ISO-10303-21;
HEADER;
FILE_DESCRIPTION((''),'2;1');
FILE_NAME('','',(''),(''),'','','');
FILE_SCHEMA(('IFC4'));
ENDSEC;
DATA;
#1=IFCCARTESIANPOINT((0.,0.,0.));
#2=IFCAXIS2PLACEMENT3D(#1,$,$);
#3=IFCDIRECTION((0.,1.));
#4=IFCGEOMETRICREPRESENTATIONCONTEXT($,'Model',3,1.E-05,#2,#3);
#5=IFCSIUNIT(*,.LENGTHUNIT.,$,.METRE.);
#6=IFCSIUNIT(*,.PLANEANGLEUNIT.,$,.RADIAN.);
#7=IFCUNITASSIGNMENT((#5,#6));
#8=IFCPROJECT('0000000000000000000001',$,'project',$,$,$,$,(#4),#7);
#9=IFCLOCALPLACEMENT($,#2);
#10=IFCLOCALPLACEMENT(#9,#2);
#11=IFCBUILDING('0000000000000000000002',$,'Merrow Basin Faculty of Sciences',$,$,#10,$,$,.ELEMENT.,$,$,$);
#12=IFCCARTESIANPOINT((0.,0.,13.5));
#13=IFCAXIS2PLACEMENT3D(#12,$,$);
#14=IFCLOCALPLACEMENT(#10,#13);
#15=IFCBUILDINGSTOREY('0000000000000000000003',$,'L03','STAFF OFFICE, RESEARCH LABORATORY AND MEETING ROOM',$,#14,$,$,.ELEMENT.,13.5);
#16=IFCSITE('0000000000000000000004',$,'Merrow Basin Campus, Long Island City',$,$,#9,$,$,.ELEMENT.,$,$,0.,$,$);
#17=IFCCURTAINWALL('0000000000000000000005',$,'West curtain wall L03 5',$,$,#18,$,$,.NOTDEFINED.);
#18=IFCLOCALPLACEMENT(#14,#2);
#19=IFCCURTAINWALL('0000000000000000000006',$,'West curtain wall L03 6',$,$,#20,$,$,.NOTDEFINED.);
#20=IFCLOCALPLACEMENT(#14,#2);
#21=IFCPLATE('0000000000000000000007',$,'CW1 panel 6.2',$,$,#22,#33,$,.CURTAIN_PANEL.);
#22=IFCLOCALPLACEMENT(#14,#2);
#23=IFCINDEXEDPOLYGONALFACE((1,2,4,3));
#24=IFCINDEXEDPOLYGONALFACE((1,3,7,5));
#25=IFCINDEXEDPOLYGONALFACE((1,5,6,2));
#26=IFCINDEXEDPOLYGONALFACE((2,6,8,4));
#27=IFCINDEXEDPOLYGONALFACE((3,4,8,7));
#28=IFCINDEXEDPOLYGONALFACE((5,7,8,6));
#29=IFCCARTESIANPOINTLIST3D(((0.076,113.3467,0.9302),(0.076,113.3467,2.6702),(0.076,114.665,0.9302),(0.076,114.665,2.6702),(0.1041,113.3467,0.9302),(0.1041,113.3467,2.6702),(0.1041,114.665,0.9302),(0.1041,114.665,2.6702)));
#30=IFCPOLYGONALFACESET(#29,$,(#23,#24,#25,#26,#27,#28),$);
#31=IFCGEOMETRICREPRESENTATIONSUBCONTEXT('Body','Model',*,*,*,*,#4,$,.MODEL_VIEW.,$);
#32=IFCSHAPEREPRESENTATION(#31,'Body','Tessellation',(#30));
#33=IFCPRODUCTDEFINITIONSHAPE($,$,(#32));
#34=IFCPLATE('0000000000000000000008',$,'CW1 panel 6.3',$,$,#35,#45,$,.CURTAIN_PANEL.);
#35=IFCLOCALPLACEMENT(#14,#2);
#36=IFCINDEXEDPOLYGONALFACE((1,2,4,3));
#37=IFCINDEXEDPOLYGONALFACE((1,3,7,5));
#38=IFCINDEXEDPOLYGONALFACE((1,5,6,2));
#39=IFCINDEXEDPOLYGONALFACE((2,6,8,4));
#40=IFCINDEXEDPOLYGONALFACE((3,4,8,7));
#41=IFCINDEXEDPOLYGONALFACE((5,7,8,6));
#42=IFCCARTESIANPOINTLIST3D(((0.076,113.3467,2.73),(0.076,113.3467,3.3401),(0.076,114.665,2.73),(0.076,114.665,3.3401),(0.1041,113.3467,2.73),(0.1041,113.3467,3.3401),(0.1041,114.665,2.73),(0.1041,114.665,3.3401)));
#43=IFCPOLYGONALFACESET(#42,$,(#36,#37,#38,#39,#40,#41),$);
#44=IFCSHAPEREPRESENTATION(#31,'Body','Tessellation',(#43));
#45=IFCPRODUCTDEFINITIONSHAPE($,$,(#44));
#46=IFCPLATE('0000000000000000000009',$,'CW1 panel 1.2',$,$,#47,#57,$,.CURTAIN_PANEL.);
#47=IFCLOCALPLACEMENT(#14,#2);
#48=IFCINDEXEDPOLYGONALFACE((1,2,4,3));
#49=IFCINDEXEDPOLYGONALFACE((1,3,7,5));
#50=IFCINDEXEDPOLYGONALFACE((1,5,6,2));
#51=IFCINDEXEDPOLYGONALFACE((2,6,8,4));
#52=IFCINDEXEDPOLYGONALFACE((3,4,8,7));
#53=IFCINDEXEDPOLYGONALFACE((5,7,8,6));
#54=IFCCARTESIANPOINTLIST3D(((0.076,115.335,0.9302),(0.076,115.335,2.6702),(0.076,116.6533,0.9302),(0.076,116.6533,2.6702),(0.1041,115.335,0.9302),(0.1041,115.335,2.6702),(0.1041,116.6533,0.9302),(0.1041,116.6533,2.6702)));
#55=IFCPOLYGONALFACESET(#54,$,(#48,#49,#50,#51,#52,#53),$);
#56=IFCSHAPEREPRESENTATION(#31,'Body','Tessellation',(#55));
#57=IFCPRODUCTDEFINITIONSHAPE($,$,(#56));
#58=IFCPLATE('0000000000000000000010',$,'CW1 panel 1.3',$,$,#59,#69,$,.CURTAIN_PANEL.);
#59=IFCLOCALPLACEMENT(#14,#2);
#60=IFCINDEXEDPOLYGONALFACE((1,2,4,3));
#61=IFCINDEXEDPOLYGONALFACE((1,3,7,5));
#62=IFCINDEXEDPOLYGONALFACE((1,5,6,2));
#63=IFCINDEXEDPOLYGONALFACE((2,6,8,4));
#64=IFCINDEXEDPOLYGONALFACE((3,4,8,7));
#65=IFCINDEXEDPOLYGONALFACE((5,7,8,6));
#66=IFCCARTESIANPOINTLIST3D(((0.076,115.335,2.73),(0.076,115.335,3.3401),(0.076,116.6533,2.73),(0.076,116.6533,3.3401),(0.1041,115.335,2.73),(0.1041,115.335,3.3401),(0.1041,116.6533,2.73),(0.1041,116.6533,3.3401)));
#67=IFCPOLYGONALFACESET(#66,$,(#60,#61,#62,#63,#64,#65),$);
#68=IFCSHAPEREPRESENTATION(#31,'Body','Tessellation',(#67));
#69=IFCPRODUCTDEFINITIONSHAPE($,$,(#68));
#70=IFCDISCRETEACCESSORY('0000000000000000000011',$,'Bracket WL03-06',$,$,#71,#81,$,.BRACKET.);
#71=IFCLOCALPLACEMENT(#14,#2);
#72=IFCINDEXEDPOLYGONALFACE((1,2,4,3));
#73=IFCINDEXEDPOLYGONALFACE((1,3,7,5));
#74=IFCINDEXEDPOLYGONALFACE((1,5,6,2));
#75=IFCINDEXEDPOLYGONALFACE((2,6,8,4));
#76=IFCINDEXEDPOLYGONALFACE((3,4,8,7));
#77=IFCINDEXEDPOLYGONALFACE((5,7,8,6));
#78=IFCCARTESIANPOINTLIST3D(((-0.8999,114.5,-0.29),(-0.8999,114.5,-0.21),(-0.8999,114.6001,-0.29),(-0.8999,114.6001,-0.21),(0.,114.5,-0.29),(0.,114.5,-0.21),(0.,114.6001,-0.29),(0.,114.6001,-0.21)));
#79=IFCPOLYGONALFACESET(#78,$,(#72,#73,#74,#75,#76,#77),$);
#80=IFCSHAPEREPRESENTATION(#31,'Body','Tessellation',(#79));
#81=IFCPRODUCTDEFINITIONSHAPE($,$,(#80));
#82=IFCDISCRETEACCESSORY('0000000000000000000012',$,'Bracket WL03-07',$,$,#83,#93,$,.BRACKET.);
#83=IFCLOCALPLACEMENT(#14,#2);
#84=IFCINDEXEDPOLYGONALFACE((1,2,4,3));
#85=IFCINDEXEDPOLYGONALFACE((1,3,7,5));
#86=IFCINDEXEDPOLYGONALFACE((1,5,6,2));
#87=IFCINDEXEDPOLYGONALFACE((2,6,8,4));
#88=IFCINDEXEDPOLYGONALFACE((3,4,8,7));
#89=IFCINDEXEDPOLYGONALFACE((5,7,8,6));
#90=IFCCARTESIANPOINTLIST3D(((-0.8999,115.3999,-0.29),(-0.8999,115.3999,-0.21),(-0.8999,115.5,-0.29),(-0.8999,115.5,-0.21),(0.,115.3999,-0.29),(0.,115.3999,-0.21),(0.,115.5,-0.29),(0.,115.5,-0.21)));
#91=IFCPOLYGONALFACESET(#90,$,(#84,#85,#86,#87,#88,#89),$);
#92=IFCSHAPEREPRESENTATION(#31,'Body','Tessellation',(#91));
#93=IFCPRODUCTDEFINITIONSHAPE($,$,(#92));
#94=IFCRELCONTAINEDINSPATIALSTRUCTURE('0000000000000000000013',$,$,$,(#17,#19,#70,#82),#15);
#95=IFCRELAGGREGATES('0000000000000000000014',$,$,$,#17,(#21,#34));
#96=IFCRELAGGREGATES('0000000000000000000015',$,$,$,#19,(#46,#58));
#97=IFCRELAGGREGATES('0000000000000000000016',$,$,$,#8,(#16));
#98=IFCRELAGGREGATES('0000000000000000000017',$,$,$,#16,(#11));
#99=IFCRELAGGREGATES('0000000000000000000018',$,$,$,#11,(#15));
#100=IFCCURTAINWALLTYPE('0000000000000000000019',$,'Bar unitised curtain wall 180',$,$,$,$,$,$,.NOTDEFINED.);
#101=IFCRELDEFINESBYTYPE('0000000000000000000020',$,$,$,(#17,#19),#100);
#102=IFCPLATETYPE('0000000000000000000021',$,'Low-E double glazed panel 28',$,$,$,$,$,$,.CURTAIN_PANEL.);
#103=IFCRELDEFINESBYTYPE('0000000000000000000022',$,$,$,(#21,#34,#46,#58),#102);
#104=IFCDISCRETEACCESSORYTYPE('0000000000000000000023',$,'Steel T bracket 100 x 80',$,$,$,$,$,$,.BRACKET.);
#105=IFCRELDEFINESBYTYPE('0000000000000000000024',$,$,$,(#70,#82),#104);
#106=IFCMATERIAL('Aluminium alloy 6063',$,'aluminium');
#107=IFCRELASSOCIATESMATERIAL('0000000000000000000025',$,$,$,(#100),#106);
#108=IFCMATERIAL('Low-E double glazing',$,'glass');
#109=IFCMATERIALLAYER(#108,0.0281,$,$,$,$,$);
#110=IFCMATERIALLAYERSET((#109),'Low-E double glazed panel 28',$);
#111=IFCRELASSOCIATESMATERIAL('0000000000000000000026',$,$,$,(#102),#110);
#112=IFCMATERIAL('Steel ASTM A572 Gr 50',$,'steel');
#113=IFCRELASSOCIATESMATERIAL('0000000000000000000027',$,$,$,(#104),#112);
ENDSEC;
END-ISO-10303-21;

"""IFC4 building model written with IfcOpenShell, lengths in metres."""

from ifc_helpers import new_model, si_unit, direction, frame, origin, origin_2d, place, context, subcontext, project, spatial, polyline, rectangle, outline, extrude, source, transform, mapped, material, layer, layer_set, type_object, element, aggregate, save


model = new_model("IFC4")

# Units and contexts
model_context = context("Model", 3, precision=1e-05, world=origin(), true_north=direction((0.0, 1.0)))
body_context = subcontext(model_context, "Body", "Model", "MODEL_VIEW")
ifc_project = project(units=[si_unit("LENGTHUNIT", "METRE"), si_unit("PLANEANGLEUNIT", "RADIAN")], contexts=[model_context])

# Site, building, storey
site_placement = place(None, origin())
site = spatial("IfcSite", under=ifc_project, at=site_placement, Name="Merrow Basin Campus, Long Island City", CompositionType="ELEMENT", RefElevation=0.0)
building_placement = place(site_placement, origin())
building = spatial("IfcBuilding", under=site, at=building_placement, Name="Merrow Basin Faculty of Sciences", CompositionType="ELEMENT")
storey_placement = place(building_placement, frame((0.0, 0.0, 13.5)))
storey = spatial("IfcBuildingStorey", under=building, at=storey_placement, Name="L03", Description="STAFF OFFICE, RESEARCH LABORATORY AND MEETING ROOM", CompositionType="ELEMENT", Elevation=13.5)

# Curtain wall
ifc_material_1 = material(Name="Aluminium alloy 6063", Category="aluminium")
curtain_wall_type = type_object("IfcCurtainWallType", Name="Bar unitised curtain wall 180", PredefinedType="NOTDEFINED", material=ifc_material_1)
curtain_wall_1_placement = place(storey_placement, origin())
curtain_wall_1 = element("IfcCurtainWall", 1, at=curtain_wall_1_placement, inside=storey, type_object=curtain_wall_type, Name="West curtain wall L03 5", PredefinedType="NOTDEFINED")

# Curtain wall
curtain_wall_2_placement = place(storey_placement, origin())
curtain_wall_2 = element("IfcCurtainWall", 2, at=curtain_wall_2_placement, inside=storey, type_object=curtain_wall_type, Name="West curtain wall L03 6", PredefinedType="NOTDEFINED")

# Plates
ifc_material_2 = material(Name="Low-E double glazing", Category="glass")
ifc_layer_1 = layer(ifc_material_2, 0.0281)
ifc_layer_set_1 = layer_set([ifc_layer_1], Name="Low-E double glazed panel 28")
plate_type_1 = type_object("IfcPlateType", Name="Low-E double glazed panel 28", PredefinedType="CURTAIN_PANEL", material=ifc_layer_set_1)
plate_1_placement = place(storey_placement, frame((0.0901, 114.0059, 0.9302), z_axis=(0.0, 0.0, 1.0), x_axis=(0.0, 1.0, 0.0)))
plate_1 = element("IfcPlate", 3, at=plate_1_placement, type_object=plate_type_1, Name="CW1 panel 6.2", PredefinedType="CURTAIN_PANEL", context=body_context, shape_type="SweptSolid", body=[
    extrude(rectangle(XDim=1.3184, YDim=0.0281, at=origin_2d()), origin(), (0.0, 0.0, 1.0), 1.74),
])
plate_2_placement = place(storey_placement, frame((0.0901, 114.0059, 2.73), z_axis=(0.0, 0.0, 1.0), x_axis=(0.0, 1.0, 0.0)))
plate_2 = element("IfcPlate", 4, at=plate_2_placement, type_object=plate_type_1, Name="CW1 panel 6.3", PredefinedType="CURTAIN_PANEL", context=body_context, shape_type="SweptSolid", body=[
    extrude(rectangle(XDim=1.3184, YDim=0.0281, at=origin_2d()), origin(), (0.0, 0.0, 1.0), 0.6101),
])
aggregate(curtain_wall_1, [plate_1, plate_2])
plate_3_placement = place(storey_placement, frame((0.0901, 115.9941, 0.9302), z_axis=(0.0, 0.0, 1.0), x_axis=(0.0, 1.0, 0.0)))
plate_3 = element("IfcPlate", 5, at=plate_3_placement, type_object=plate_type_1, Name="CW1 panel 1.2", PredefinedType="CURTAIN_PANEL", context=body_context, shape_type="SweptSolid", body=[
    extrude(rectangle(XDim=1.3184, YDim=0.0281, at=origin_2d()), origin(), (0.0, 0.0, 1.0), 1.74),
])
plate_4_placement = place(storey_placement, frame((0.0901, 115.9941, 2.73), z_axis=(0.0, 0.0, 1.0), x_axis=(0.0, 1.0, 0.0)))
plate_4 = element("IfcPlate", 6, at=plate_4_placement, type_object=plate_type_1, Name="CW1 panel 1.3", PredefinedType="CURTAIN_PANEL", context=body_context, shape_type="SweptSolid", body=[
    extrude(rectangle(XDim=1.3184, YDim=0.0281, at=origin_2d()), origin(), (0.0, 0.0, 1.0), 0.6101),
])
aggregate(curtain_wall_2, [plate_3, plate_4])

# Discrete accessories
ifc_material_3 = material(Name="Steel ASTM A572 Gr 50", Category="steel")
discrete_accessory_type = type_object("IfcDiscreteAccessoryType", Name="Steel T bracket 100 x 80", PredefinedType="BRACKET", material=ifc_material_3)
shared_shape_1 = source(origin(), body_context, "Body", "SweptSolid", [
    extrude(outline(polyline([(0.0, 0.0), (0.1001, 0.0), (0.1001, 0.0801), (0.0, 0.0801), (0.0, 0.0)])), origin(), (0.0, 0.0, 1.0), 0.8999),
])
for number, where, z_axis, x_axis, name in (
    (7, (-0.8999, 114.5, -0.29), (1.0, 0.0, 0.0), (0.0, 1.0, 0.0), "Bracket WL03-06"),
    (8, (-0.8999, 115.3999, -0.29), (1.0, 0.0, 0.0), (0.0, 1.0, 0.0), "Bracket WL03-07"),
):
    element("IfcDiscreteAccessory", number, at=place(storey_placement, frame(where, z_axis=z_axis, x_axis=x_axis)), inside=storey, type_object=discrete_accessory_type, Name=name, PredefinedType="BRACKET", context=body_context, shape_type="MappedRepresentation", body=[
        mapped(shared_shape_1, transform((0.0, 0.0, 0.0), scale=1.0)),
    ])

save(model, "model.ifc")
